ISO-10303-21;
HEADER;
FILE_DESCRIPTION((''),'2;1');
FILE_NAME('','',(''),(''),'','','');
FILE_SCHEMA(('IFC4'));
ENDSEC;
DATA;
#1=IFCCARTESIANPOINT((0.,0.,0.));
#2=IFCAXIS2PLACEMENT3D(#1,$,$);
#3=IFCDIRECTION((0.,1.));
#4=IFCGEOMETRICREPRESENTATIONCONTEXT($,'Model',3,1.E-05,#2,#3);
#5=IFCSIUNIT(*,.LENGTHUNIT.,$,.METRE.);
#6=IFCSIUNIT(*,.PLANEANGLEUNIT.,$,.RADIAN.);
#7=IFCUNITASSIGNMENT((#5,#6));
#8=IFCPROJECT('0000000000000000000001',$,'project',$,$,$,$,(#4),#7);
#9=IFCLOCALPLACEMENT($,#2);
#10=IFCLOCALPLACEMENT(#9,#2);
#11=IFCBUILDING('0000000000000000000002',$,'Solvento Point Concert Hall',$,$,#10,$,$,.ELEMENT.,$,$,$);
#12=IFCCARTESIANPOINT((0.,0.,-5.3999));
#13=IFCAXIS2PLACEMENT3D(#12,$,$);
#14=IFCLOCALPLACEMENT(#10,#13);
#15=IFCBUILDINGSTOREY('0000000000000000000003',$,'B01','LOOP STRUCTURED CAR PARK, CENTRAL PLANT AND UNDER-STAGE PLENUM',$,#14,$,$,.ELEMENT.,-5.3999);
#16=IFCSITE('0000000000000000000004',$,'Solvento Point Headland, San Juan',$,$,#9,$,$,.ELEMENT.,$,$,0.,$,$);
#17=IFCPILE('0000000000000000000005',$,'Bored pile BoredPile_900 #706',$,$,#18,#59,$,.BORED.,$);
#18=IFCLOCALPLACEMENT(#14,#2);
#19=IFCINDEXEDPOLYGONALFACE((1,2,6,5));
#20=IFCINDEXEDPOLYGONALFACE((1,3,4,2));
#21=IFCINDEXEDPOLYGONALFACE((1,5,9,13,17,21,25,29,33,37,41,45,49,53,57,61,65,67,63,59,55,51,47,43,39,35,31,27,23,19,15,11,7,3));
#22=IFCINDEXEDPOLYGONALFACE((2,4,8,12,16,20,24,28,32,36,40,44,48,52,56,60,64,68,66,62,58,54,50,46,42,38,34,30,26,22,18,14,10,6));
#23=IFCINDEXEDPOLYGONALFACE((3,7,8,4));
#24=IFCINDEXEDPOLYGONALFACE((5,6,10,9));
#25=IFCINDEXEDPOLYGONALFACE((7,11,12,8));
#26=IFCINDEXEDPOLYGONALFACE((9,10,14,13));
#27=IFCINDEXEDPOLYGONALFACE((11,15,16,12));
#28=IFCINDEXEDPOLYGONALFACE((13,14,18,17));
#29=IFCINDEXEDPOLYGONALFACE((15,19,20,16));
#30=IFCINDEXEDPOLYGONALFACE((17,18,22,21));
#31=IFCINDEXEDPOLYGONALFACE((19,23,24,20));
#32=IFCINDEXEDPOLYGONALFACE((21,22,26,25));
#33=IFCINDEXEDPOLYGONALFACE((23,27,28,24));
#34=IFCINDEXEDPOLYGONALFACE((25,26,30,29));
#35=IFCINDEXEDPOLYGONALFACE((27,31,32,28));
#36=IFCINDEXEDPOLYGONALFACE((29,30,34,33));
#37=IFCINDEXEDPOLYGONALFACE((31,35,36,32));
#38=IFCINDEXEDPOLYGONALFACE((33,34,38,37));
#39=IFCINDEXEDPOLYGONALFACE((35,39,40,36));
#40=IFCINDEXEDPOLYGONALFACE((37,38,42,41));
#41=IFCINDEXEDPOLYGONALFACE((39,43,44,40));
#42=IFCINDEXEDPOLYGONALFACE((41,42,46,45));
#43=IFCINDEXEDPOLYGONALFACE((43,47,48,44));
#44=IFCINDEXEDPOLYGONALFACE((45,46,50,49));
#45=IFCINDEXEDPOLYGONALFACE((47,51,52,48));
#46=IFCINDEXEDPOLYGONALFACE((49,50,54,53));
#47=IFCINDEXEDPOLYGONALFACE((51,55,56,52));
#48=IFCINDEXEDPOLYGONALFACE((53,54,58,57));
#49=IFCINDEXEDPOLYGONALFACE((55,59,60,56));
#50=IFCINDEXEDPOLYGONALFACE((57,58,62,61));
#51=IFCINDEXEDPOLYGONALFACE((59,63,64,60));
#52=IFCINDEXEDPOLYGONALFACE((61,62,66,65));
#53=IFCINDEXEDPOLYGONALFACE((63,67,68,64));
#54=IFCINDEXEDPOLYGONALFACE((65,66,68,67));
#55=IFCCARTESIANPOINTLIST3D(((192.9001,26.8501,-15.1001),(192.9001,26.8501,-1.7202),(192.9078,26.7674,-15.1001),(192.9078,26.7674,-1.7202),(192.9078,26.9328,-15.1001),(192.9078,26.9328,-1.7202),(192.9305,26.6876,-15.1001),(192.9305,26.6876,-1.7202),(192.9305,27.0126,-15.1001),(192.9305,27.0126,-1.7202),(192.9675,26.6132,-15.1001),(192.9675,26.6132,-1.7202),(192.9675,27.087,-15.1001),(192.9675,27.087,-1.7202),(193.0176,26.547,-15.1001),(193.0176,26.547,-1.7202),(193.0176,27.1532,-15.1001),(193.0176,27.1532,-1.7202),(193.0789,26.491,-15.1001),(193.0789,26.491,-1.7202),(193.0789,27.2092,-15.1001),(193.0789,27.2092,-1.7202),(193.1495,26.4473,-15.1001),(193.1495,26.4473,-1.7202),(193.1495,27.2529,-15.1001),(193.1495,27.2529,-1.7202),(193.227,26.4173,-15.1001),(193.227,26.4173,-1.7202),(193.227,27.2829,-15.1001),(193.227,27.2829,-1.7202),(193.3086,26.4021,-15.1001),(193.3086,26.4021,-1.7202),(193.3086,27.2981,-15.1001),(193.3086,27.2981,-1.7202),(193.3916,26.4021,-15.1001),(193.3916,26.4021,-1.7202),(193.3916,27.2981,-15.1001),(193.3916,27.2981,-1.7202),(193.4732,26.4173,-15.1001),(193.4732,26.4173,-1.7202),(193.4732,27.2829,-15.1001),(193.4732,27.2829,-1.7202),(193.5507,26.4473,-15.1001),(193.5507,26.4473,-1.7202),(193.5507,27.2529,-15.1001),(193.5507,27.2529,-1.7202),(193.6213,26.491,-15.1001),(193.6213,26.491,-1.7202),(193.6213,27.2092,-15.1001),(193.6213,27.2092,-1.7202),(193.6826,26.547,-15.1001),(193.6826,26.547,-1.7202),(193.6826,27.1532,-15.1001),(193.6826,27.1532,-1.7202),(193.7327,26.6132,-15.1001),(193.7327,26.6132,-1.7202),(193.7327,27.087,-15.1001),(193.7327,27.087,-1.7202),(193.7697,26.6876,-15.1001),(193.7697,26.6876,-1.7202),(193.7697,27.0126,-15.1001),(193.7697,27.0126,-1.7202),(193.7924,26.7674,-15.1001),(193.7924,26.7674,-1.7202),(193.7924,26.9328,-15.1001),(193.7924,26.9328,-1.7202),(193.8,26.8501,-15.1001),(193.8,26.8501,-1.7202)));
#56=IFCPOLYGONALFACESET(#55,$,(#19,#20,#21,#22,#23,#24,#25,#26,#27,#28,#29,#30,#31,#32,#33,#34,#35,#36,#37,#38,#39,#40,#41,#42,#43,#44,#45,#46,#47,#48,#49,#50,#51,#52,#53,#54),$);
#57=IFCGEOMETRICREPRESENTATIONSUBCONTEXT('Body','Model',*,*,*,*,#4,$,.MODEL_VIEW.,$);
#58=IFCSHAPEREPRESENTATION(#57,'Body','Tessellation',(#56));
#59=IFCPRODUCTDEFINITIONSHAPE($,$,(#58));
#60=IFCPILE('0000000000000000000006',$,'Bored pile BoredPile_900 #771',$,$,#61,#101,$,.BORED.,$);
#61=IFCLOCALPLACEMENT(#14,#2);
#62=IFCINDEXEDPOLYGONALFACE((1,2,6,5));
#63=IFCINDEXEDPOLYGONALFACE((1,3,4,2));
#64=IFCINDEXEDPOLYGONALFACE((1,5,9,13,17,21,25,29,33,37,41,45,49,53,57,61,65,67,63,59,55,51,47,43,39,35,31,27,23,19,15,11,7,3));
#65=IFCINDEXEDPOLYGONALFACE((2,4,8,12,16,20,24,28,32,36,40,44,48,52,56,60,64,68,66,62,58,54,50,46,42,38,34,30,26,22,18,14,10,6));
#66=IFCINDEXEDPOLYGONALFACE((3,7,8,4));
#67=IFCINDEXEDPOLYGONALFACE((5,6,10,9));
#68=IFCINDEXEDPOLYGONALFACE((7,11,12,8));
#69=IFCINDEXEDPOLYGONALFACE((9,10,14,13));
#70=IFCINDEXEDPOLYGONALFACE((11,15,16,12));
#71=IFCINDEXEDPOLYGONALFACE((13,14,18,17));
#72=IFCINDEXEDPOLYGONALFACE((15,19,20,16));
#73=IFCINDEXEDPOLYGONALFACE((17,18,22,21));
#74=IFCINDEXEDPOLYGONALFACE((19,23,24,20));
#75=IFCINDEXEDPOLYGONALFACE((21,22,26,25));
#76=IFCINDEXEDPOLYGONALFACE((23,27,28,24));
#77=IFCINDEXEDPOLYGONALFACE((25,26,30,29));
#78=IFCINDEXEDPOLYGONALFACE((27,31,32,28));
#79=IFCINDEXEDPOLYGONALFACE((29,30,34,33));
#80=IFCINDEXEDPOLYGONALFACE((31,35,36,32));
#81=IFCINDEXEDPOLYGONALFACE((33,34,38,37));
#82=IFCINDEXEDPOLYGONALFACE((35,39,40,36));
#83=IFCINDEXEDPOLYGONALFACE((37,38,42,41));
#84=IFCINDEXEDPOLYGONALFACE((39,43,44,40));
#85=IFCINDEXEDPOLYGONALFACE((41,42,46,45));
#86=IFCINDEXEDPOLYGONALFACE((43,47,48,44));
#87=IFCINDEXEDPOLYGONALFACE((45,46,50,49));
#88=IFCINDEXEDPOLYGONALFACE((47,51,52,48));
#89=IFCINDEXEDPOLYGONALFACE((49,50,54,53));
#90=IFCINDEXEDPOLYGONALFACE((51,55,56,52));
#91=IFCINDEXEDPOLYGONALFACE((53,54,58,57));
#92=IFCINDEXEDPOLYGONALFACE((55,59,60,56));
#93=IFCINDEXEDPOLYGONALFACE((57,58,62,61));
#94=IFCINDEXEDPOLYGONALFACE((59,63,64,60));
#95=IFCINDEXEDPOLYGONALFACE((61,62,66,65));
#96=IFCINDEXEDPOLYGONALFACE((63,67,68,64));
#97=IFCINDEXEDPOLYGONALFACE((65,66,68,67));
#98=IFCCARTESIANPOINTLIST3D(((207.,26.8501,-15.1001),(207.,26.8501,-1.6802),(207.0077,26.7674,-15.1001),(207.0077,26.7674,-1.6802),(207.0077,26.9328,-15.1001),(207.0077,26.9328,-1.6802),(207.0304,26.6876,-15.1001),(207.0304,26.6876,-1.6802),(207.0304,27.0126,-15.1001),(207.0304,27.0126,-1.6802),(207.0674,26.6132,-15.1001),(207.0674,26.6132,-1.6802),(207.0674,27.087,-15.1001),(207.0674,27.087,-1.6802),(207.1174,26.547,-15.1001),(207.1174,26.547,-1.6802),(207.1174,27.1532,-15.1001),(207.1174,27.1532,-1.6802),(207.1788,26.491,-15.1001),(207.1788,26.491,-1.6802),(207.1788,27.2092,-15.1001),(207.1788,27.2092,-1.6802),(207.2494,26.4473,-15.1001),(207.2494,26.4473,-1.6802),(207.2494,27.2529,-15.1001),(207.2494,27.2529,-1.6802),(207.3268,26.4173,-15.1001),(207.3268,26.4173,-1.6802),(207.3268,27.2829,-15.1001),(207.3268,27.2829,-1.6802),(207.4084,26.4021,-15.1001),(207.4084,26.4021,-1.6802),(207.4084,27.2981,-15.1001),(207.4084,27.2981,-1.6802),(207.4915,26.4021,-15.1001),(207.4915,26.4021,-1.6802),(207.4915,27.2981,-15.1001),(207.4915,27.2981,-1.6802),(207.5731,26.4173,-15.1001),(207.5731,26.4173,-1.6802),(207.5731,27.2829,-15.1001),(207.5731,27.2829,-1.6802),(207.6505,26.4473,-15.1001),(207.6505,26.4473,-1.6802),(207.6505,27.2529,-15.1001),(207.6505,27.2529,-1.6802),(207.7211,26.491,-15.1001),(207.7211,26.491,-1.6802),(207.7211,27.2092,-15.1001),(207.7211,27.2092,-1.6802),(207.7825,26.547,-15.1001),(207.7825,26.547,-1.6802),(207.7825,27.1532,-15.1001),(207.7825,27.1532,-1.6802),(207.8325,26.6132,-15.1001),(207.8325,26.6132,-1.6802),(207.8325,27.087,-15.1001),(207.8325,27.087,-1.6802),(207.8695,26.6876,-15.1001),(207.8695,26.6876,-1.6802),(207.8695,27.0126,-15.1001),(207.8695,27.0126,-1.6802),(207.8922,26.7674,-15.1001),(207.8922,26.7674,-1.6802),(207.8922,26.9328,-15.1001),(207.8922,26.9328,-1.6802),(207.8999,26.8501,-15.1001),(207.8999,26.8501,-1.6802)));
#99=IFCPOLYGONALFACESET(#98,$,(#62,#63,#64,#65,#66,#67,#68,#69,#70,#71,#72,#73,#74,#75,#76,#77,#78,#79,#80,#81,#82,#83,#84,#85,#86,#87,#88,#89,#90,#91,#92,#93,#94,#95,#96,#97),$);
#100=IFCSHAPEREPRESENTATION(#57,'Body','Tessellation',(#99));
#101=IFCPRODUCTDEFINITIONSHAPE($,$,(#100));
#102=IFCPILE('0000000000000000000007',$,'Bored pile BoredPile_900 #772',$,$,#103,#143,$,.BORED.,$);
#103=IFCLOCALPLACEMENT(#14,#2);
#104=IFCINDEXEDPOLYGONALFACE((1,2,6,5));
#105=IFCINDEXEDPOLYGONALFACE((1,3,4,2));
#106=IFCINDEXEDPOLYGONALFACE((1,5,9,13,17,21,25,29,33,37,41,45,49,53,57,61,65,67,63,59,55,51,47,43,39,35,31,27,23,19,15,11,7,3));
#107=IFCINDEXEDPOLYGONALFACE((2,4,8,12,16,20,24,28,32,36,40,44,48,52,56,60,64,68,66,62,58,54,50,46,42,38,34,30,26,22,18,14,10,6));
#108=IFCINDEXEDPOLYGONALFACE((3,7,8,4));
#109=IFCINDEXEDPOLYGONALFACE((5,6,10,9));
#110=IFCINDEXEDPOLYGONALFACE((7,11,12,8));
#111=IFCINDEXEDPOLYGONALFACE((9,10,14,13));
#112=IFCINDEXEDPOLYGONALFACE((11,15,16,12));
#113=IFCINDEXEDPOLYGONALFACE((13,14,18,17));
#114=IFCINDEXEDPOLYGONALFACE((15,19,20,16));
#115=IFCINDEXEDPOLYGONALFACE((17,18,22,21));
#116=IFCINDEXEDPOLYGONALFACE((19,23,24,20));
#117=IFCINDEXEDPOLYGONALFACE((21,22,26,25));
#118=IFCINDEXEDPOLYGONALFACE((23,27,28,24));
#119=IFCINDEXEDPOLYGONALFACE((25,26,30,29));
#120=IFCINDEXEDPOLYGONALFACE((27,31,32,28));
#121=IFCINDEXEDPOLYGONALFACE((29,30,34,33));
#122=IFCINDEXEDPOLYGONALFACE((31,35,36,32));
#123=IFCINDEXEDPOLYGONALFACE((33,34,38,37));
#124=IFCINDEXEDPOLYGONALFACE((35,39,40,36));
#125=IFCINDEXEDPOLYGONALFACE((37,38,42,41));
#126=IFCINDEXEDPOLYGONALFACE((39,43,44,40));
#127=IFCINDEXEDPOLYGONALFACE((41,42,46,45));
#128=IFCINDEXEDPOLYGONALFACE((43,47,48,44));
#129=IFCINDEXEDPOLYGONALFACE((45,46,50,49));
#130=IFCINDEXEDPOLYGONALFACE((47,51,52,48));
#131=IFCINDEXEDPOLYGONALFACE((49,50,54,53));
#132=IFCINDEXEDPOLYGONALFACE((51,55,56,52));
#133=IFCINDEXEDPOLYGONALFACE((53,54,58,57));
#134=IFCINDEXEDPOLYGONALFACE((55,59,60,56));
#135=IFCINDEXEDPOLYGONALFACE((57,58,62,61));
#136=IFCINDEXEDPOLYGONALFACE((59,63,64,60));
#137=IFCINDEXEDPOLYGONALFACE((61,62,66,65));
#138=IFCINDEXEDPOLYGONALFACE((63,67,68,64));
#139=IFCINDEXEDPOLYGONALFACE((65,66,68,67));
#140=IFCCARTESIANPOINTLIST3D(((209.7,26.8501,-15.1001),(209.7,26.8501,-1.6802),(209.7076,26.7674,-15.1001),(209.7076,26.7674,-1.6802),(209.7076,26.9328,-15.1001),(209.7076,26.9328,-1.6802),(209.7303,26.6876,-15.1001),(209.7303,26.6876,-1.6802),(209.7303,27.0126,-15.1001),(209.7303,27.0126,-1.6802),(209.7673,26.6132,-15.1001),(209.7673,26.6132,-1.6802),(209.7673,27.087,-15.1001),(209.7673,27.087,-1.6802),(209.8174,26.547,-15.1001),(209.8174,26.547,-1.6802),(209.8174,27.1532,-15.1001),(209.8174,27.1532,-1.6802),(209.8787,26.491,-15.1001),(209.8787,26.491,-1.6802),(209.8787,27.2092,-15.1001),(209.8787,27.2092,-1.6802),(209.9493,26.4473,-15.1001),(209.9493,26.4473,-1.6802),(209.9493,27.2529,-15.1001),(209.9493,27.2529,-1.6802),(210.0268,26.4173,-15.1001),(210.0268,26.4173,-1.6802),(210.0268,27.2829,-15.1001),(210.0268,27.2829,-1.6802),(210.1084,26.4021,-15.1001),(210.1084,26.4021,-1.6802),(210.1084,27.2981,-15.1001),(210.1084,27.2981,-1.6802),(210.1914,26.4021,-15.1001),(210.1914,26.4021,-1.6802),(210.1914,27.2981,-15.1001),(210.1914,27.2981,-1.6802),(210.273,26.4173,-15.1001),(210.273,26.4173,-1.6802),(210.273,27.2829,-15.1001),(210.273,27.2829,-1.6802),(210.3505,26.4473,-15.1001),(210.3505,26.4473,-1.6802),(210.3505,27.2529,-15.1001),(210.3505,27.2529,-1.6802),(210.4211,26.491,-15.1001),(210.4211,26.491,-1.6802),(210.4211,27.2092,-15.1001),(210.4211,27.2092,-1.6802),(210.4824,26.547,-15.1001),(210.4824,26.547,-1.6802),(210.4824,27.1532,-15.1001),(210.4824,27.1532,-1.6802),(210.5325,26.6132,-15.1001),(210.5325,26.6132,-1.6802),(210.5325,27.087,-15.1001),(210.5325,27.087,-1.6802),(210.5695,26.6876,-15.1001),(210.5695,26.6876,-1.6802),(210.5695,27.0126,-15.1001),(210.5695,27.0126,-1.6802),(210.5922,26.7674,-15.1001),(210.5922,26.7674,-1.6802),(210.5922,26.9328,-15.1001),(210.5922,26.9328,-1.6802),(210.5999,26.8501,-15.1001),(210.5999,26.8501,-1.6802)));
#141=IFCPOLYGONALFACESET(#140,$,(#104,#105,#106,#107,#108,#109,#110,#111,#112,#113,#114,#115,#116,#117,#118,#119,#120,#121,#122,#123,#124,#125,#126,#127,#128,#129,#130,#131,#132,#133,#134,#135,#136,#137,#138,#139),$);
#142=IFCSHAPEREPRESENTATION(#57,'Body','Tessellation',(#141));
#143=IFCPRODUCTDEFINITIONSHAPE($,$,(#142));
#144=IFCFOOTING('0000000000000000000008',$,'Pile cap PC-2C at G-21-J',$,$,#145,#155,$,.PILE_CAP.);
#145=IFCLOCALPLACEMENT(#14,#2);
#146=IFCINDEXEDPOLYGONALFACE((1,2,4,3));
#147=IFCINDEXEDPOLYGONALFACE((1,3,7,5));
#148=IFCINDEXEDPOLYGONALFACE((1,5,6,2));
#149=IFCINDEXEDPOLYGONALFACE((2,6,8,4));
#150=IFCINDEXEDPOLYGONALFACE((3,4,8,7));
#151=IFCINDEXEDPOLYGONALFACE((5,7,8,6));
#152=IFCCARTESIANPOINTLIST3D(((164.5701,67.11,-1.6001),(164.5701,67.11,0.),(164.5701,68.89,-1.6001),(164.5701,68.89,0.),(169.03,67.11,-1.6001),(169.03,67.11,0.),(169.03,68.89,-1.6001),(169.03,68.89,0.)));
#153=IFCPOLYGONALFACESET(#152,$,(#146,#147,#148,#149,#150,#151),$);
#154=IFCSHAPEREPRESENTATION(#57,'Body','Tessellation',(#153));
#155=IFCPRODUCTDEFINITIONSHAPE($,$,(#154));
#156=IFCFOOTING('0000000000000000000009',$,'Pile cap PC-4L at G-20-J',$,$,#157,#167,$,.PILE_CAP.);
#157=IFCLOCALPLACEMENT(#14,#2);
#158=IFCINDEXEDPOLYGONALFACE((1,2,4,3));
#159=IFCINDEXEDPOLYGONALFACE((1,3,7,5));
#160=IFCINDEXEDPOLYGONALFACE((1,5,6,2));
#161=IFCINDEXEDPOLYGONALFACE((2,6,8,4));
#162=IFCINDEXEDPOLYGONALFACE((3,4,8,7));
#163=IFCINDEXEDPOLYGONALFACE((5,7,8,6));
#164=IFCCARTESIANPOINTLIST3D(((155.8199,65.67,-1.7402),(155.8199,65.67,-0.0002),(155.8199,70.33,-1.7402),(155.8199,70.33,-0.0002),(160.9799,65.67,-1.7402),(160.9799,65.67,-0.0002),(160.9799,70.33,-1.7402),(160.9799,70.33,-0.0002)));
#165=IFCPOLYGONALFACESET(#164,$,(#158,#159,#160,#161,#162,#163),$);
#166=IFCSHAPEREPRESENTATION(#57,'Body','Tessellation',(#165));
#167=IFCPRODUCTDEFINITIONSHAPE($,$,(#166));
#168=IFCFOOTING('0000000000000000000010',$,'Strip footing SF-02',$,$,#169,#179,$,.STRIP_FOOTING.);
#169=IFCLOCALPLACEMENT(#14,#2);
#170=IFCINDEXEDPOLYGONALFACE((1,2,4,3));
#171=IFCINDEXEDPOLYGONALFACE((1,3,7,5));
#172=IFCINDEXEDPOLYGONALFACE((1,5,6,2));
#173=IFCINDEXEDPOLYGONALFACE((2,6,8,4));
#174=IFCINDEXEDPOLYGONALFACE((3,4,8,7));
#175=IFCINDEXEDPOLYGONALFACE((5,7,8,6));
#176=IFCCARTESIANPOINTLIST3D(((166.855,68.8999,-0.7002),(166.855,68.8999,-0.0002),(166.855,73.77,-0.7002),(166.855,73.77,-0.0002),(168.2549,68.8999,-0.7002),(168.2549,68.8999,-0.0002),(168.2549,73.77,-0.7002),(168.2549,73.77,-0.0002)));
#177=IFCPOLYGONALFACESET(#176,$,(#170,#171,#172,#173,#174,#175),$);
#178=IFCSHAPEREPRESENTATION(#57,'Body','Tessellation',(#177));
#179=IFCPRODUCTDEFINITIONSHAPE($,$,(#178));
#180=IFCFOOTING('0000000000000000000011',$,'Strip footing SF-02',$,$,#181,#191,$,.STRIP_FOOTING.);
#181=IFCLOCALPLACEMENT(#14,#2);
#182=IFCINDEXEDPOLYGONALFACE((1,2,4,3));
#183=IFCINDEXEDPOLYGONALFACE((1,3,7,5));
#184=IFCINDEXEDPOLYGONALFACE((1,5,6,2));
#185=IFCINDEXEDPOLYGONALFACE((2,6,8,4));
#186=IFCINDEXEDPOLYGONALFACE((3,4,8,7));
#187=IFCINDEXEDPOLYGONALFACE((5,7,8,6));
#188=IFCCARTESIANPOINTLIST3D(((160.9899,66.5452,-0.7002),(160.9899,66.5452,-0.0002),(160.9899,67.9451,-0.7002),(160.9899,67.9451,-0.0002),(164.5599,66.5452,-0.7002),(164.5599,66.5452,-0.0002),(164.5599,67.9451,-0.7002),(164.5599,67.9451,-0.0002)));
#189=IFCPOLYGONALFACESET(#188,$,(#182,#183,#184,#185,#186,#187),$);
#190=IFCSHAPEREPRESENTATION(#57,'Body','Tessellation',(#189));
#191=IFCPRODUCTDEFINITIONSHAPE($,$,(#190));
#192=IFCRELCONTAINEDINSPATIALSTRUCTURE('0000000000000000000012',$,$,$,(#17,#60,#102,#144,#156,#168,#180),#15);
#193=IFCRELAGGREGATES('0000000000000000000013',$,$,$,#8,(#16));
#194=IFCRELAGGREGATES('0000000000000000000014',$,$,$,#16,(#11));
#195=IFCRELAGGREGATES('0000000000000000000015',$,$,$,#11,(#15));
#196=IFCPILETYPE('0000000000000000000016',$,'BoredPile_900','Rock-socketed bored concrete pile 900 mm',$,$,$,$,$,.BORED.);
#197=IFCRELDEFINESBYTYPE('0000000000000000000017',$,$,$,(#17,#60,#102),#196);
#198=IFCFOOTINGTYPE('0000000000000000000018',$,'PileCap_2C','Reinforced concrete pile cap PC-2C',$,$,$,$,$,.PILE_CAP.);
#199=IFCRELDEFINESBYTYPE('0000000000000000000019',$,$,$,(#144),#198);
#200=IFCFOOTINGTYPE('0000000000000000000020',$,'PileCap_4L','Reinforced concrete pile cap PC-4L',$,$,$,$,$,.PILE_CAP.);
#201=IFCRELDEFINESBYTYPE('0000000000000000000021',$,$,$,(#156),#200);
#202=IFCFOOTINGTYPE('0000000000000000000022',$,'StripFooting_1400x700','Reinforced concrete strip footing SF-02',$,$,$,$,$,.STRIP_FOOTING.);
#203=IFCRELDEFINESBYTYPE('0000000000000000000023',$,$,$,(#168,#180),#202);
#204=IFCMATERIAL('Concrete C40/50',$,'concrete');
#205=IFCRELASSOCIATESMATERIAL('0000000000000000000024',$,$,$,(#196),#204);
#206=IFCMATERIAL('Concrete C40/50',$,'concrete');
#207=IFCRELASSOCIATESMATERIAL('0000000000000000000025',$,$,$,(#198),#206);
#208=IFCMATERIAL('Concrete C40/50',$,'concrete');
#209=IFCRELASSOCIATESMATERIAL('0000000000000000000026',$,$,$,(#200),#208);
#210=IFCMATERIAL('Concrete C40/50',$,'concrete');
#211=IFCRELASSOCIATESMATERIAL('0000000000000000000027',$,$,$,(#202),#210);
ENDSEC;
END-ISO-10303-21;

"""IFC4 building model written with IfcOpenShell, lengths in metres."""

from ifc_helpers import new_model, si_unit, direction, frame, origin, origin_2d, place, context, subcontext, project, spatial, rectangle, circle, extrude, material, material_profile, profile_set, type_object, element, save


model = new_model("IFC4")

# Units and contexts
model_context = context("Model", 3, precision=1e-05, world=origin(), true_north=direction((0.0, 1.0)))
body_context = subcontext(model_context, "Body", "Model", "MODEL_VIEW")
ifc_project = project(units=[si_unit("LENGTHUNIT", "METRE"), si_unit("PLANEANGLEUNIT", "RADIAN")], contexts=[model_context])

# Site, building, storey
site_placement = place(None, origin())
site = spatial("IfcSite", under=ifc_project, at=site_placement, Name="Solvento Point Headland, San Juan", CompositionType="ELEMENT", RefElevation=0.0)
building_placement = place(site_placement, origin())
building = spatial("IfcBuilding", under=site, at=building_placement, Name="Solvento Point Concert Hall", CompositionType="ELEMENT")
storey_placement = place(building_placement, frame((0.0, 0.0, -5.3999)))
storey = spatial("IfcBuildingStorey", under=building, at=storey_placement, Name="B01", Description="LOOP STRUCTURED CAR PARK, CENTRAL PLANT AND UNDER-STAGE PLENUM", CompositionType="ELEMENT", Elevation=-5.3999)

# Piles
ifc_material_1 = material(Name="Concrete C40/50", Category="concrete")
ifc_material_profile_1 = material_profile(ifc_material_1, circle(Radius=0.45, at=origin_2d()), Name="BP-900")
ifc_profile_set_1 = profile_set([ifc_material_profile_1], Name="Concrete C40/50")
pile_type_1 = type_object("IfcPileType", Name="BoredPile_900", Description="Rock-socketed bored concrete pile 900 mm", PredefinedType="BORED", material=ifc_profile_set_1)
for number, where, z_axis, x_axis, name in (
    (1, (193.3501, 26.8501, -1.7202), (0.0, 0.0, -1.0), (1.0, 0.0, 0.0), "Bored pile BoredPile_900 #706"),
):
    element("IfcPile", number, at=place(storey_placement, frame(where, z_axis=z_axis, x_axis=x_axis)), inside=storey, type_object=pile_type_1, Name=name, PredefinedType="BORED", context=body_context, shape_type="SweptSolid", body=[
        extrude(circle(Radius=0.45, at=origin_2d()), origin(), (0.0, 0.0, 1.0), 13.3799),
    ])
for number, where, z_axis, x_axis, name in (
    (2, (207.45, 26.8501, -1.6802), (0.0, 0.0, -1.0), (1.0, 0.0, 0.0), "Bored pile BoredPile_900 #771"),
    (3, (210.1499, 26.8501, -1.6802), (0.0, 0.0, -1.0), (1.0, 0.0, 0.0), "Bored pile BoredPile_900 #772"),
):
    element("IfcPile", number, at=place(storey_placement, frame(where, z_axis=z_axis, x_axis=x_axis)), inside=storey, type_object=pile_type_1, Name=name, PredefinedType="BORED", context=body_context, shape_type="SweptSolid", body=[
        extrude(circle(Radius=0.45, at=origin_2d()), origin(), (0.0, 0.0, 1.0), 13.4199),
    ])

# Footings
ifc_material_2 = material(Name="Concrete C40/50", Category="concrete")
footing_type_1 = type_object("IfcFootingType", Name="PileCap_2C", Description="Reinforced concrete pile cap PC-2C", PredefinedType="PILE_CAP", material=ifc_material_2)
footing_1_placement = place(storey_placement, frame((166.8, 68.0, -1.6001), z_axis=(0.0, 0.0, 1.0), x_axis=(1.0, 0.0, 0.0)))
element("IfcFooting", 4, at=footing_1_placement, inside=storey, type_object=footing_type_1, Name="Pile cap PC-2C at G-21-J", PredefinedType="PILE_CAP", context=body_context, shape_type="SweptSolid", body=[
    extrude(rectangle(XDim=4.46, YDim=1.78, at=origin_2d()), origin(), (0.0, 0.0, 1.0), 1.6001),
])
ifc_material_3 = material(Name="Concrete C40/50", Category="concrete")
footing_type_2 = type_object("IfcFootingType", Name="PileCap_4L", Description="Reinforced concrete pile cap PC-4L", PredefinedType="PILE_CAP", material=ifc_material_3)
footing_2_placement = place(storey_placement, frame((158.3999, 68.0, -1.7402), z_axis=(0.0, 0.0, 1.0), x_axis=(1.0, 0.0, 0.0)))
element("IfcFooting", 5, at=footing_2_placement, inside=storey, type_object=footing_type_2, Name="Pile cap PC-4L at G-20-J", PredefinedType="PILE_CAP", context=body_context, shape_type="SweptSolid", body=[
    extrude(rectangle(XDim=5.1599, YDim=4.6599, at=origin_2d()), origin(), (0.0, 0.0, 1.0), 1.74),
])
ifc_material_4 = material(Name="Concrete C40/50", Category="concrete")
footing_type_3 = type_object("IfcFootingType", Name="StripFooting_1400x700", Description="Reinforced concrete strip footing SF-02", PredefinedType="STRIP_FOOTING", material=ifc_material_4)
footing_3_placement = place(storey_placement, frame((167.5549, 71.335, -0.7002), z_axis=(0.0, 0.0, 1.0), x_axis=(0.0, -1.0, 0.0)))
element("IfcFooting", 6, at=footing_3_placement, inside=storey, type_object=footing_type_3, Name="Strip footing SF-02", PredefinedType="STRIP_FOOTING", context=body_context, shape_type="SweptSolid", body=[
    extrude(rectangle(XDim=4.8701, YDim=1.3999, at=origin_2d()), origin(), (0.0, 0.0, 1.0), 0.7),
])
footing_4_placement = place(storey_placement, frame((162.7749, 67.2451, -0.7002), z_axis=(0.0, 0.0, 1.0), x_axis=(-1.0, 0.0, 0.0)))
element("IfcFooting", 7, at=footing_4_placement, inside=storey, type_object=footing_type_3, Name="Strip footing SF-02", PredefinedType="STRIP_FOOTING", context=body_context, shape_type="SweptSolid", body=[
    extrude(rectangle(XDim=3.5701, YDim=1.3999, at=origin_2d()), origin(), (0.0, 0.0, 1.0), 0.7),
])

save(model, "model.ifc")
